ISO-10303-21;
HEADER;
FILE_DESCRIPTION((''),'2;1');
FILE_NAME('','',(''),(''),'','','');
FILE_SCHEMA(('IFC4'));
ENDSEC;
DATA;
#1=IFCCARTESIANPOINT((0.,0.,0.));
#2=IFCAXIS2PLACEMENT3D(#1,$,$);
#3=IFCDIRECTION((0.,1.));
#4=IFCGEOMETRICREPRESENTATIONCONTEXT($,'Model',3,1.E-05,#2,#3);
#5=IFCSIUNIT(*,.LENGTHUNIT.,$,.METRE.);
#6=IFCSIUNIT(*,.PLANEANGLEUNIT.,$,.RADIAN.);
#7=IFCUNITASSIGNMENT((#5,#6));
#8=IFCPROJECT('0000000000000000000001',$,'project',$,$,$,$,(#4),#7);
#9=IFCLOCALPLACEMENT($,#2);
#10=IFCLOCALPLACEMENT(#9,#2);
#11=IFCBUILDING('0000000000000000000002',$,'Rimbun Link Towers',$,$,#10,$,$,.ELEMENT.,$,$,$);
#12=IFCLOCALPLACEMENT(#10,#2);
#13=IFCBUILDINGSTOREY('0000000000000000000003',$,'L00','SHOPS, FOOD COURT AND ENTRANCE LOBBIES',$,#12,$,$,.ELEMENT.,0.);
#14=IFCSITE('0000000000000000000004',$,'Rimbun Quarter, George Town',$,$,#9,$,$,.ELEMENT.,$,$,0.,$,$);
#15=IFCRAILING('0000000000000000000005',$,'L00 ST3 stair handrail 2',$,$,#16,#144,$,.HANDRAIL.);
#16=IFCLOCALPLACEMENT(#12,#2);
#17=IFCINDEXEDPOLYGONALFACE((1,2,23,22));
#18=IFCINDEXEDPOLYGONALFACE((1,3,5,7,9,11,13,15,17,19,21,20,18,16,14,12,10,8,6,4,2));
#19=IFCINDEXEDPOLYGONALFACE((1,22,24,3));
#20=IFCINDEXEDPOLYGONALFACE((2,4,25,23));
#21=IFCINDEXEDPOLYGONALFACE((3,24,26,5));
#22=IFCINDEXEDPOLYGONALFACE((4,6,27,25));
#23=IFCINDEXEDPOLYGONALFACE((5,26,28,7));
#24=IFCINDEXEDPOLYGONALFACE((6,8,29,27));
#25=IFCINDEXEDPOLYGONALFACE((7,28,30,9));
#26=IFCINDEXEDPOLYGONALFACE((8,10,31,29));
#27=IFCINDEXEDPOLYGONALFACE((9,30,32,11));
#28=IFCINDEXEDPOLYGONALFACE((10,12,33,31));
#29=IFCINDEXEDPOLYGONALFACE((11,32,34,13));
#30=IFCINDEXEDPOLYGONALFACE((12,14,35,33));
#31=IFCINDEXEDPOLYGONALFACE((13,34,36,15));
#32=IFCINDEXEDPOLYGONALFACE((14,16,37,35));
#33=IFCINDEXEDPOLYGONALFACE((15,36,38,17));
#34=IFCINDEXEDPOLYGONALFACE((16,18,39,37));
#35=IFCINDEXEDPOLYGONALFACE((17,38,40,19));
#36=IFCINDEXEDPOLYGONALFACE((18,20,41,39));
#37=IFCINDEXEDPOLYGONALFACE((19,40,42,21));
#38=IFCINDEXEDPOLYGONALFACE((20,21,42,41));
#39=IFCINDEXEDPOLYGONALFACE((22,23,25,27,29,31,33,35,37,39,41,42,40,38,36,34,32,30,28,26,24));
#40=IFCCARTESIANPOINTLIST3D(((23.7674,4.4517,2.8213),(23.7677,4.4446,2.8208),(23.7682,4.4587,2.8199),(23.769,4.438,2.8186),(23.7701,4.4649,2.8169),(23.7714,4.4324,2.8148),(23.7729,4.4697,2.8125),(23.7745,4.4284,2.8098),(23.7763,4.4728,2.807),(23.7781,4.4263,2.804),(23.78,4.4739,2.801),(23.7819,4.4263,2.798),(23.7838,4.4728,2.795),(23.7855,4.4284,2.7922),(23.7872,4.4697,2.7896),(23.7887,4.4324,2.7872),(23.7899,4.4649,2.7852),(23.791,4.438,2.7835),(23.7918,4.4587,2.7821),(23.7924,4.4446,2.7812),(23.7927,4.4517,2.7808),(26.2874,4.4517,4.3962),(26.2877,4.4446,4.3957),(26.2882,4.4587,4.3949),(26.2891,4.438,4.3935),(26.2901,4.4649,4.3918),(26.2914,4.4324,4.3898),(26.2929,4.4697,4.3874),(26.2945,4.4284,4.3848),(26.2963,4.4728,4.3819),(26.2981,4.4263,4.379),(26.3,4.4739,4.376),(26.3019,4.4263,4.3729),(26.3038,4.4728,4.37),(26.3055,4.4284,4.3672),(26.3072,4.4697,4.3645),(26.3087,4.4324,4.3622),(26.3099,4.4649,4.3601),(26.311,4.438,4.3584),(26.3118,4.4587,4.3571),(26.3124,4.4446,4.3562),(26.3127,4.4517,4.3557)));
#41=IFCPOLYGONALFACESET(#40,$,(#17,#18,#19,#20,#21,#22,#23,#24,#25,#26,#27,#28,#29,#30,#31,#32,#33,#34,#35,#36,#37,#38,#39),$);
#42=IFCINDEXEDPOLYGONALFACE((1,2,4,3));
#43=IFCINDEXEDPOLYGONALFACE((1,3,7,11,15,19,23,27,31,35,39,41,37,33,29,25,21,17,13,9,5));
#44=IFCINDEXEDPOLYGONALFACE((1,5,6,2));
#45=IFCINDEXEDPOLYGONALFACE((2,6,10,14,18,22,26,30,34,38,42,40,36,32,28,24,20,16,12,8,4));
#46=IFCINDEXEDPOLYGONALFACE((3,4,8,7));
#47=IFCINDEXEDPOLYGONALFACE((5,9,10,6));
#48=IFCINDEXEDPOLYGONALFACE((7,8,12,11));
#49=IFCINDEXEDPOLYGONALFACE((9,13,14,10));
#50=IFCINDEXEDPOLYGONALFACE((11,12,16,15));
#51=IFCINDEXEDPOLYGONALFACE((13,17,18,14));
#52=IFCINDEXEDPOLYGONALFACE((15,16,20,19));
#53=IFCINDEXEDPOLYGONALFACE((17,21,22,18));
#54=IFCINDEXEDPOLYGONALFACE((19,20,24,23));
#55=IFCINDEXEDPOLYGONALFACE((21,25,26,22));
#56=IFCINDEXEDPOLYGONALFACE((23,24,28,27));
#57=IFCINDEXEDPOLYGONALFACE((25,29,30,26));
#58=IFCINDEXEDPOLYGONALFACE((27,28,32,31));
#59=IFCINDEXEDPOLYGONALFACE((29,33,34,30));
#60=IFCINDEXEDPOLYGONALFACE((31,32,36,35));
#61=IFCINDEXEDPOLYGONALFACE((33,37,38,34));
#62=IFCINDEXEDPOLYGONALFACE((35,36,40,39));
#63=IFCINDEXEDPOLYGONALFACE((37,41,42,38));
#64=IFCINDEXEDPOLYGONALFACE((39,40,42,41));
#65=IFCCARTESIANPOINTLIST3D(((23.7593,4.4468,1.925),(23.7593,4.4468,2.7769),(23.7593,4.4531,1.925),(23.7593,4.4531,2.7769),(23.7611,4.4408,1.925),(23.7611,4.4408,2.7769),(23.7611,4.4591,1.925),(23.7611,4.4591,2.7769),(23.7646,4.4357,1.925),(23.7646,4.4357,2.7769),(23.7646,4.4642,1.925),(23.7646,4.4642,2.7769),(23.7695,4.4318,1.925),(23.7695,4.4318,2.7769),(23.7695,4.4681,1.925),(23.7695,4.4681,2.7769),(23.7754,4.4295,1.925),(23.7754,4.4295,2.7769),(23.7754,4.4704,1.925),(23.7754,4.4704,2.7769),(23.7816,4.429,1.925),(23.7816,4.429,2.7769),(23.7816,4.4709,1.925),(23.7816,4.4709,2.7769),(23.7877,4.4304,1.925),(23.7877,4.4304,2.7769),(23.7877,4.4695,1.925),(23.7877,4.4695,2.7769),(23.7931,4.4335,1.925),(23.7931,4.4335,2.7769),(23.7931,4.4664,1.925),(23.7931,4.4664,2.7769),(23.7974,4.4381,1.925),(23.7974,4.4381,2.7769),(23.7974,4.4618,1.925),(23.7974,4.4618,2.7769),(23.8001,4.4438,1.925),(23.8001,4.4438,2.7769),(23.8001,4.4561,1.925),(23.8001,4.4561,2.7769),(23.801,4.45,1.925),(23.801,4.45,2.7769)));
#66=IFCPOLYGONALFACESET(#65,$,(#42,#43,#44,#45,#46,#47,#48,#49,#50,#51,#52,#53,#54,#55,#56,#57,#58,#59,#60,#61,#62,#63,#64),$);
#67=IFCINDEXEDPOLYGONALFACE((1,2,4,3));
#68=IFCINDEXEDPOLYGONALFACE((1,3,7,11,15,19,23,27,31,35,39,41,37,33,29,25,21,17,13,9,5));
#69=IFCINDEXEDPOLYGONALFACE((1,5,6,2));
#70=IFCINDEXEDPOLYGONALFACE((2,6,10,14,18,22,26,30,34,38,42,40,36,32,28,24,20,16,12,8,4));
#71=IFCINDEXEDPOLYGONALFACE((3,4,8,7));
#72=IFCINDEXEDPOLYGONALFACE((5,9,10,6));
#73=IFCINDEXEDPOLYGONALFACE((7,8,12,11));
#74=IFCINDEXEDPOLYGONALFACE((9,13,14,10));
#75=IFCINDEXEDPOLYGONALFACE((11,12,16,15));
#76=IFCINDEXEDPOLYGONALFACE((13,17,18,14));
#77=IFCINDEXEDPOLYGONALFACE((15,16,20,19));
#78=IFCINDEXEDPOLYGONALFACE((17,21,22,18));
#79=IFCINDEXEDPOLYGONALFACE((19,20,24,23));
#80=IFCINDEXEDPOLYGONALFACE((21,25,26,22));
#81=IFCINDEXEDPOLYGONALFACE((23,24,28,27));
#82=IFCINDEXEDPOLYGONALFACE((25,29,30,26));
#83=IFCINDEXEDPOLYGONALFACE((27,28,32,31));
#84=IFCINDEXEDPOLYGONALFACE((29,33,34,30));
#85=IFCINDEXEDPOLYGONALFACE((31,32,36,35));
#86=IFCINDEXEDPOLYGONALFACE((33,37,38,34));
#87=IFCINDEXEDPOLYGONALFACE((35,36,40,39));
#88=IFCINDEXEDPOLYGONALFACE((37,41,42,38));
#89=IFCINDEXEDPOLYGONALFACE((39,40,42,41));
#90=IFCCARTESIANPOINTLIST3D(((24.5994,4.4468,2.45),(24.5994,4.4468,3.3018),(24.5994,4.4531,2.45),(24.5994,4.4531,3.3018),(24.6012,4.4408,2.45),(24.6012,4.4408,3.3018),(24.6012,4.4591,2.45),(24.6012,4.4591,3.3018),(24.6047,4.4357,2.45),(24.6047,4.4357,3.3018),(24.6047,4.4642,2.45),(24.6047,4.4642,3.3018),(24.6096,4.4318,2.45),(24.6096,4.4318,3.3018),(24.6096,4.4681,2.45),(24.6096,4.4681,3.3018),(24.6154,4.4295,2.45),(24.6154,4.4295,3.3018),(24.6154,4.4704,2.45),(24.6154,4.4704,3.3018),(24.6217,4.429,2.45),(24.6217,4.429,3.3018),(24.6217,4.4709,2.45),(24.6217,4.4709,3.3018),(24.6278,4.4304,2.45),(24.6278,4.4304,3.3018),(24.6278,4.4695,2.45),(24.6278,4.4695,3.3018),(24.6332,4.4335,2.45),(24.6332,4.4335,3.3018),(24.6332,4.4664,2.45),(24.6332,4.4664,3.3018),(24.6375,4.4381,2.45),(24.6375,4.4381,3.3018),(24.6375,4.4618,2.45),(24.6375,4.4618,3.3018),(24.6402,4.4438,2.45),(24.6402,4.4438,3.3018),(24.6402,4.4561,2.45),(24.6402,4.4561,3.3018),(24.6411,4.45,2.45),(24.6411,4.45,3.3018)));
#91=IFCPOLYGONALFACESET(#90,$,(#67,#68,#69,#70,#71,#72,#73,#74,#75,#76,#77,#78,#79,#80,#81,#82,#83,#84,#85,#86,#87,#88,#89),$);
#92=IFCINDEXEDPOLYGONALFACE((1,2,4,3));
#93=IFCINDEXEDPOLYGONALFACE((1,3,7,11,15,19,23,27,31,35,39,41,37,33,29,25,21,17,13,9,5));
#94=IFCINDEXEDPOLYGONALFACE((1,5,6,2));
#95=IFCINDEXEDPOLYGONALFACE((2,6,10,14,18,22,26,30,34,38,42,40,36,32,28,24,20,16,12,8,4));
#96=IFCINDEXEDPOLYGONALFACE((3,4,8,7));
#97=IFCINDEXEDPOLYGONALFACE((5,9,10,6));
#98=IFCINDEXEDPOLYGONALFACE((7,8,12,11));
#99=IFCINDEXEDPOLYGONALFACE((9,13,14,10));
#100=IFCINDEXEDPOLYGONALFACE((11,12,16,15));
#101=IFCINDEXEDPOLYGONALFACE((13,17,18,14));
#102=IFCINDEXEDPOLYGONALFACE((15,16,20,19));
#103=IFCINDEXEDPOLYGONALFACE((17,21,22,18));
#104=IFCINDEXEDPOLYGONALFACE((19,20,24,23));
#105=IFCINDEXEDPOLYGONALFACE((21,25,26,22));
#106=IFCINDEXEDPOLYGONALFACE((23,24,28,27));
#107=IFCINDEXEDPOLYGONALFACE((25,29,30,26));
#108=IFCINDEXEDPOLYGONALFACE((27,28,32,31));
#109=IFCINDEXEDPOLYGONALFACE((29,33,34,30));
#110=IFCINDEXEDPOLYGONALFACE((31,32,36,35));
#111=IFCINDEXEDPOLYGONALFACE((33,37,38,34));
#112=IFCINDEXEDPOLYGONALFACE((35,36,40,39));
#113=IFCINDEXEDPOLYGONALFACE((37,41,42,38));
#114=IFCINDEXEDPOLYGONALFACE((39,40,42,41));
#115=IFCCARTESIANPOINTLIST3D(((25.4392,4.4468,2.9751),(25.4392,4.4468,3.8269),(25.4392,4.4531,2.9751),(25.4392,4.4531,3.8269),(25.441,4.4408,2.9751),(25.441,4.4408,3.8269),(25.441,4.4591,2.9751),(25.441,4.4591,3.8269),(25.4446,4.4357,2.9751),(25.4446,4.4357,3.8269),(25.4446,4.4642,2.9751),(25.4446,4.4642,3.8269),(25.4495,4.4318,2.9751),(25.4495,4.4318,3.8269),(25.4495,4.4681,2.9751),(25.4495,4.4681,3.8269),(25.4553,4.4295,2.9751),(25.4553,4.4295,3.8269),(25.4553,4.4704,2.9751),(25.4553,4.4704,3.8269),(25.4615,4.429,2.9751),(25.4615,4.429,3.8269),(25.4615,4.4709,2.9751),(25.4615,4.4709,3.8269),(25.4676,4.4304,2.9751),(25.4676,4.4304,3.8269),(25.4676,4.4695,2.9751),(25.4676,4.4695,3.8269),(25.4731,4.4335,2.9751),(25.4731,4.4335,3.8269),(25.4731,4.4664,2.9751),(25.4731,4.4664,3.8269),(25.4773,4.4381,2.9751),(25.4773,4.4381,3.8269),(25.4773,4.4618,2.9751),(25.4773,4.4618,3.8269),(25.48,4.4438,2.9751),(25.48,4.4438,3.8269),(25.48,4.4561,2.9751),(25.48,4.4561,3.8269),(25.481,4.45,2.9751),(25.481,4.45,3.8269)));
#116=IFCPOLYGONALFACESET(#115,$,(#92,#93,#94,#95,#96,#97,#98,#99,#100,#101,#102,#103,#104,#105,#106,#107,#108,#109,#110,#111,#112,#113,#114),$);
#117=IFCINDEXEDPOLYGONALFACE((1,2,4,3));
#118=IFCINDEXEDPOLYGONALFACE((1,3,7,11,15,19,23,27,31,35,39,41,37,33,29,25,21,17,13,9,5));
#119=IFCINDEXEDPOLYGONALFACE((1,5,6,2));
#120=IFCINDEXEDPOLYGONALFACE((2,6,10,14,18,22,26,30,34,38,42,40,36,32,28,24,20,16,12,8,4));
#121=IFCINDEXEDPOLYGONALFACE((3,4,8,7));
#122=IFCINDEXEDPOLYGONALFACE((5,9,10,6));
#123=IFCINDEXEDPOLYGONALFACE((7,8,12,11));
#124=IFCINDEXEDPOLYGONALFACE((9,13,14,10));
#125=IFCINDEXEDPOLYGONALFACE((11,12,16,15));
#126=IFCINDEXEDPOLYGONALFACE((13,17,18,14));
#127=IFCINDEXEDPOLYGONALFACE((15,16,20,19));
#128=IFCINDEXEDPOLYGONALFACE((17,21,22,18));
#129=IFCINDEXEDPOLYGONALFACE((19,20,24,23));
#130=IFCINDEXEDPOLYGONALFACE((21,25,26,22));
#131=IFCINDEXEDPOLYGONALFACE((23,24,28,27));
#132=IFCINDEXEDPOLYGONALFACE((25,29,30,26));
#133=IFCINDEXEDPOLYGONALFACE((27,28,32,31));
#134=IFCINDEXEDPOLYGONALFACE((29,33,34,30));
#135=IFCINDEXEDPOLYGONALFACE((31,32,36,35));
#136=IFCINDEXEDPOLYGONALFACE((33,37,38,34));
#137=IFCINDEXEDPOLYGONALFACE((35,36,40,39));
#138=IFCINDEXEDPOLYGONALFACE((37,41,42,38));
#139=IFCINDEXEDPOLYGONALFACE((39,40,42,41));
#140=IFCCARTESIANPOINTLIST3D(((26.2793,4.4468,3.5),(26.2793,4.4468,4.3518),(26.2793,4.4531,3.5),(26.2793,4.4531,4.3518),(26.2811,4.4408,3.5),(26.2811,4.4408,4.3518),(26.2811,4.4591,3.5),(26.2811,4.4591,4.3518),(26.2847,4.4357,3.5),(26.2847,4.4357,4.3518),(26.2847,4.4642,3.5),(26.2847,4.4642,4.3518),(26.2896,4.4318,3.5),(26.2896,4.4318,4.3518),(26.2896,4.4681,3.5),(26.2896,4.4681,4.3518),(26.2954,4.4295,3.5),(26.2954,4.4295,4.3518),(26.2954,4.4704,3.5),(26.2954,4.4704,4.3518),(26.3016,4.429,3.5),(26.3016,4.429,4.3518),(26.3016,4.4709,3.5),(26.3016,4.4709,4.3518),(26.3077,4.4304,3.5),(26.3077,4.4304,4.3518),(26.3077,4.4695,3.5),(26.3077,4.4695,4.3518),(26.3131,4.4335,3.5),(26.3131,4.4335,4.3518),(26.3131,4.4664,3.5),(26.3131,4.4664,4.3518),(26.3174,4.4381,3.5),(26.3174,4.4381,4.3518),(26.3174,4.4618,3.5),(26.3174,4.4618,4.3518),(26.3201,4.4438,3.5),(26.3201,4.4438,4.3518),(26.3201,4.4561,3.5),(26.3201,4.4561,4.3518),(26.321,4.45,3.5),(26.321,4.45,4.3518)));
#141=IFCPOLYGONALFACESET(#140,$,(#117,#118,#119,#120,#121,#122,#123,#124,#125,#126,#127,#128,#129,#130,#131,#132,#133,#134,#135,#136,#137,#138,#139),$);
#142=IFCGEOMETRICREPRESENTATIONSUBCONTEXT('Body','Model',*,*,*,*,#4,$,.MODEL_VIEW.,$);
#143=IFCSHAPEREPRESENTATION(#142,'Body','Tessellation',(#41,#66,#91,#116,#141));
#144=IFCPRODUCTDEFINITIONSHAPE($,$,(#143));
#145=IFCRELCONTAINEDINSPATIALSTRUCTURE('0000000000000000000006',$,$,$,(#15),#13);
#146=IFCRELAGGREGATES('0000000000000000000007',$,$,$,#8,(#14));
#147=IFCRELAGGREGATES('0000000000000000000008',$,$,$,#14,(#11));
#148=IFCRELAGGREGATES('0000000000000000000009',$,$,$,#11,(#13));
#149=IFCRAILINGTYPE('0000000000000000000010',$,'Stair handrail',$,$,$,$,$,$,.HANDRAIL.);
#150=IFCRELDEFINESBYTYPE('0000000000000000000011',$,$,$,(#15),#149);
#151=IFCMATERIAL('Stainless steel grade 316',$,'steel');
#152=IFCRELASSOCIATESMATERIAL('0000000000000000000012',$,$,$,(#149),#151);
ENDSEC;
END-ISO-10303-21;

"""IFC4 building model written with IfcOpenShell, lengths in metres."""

from ifc_helpers import new_model, si_unit, direction, frame, origin, origin_2d, place, context, subcontext, project, spatial, circle, extrude, material, type_object, element, save


model = new_model("IFC4")

# Units and contexts
model_context = context("Model", 3, precision=1e-05, world=origin(), true_north=direction((0.0, 1.0)))
body_context = subcontext(model_context, "Body", "Model", "MODEL_VIEW")
ifc_project = project(units=[si_unit("LENGTHUNIT", "METRE"), si_unit("PLANEANGLEUNIT", "RADIAN")], contexts=[model_context])

# Site, building, storey
site_placement = place(None, origin())
site = spatial("IfcSite", under=ifc_project, at=site_placement, Name="Rimbun Quarter, George Town", CompositionType="ELEMENT", RefElevation=0.0)
building_placement = place(site_placement, origin())
building = spatial("IfcBuilding", under=site, at=building_placement, Name="Rimbun Link Towers", CompositionType="ELEMENT")
storey_placement = place(building_placement, origin())
storey = spatial("IfcBuildingStorey", under=building, at=storey_placement, Name="L00", Description="SHOPS, FOOD COURT AND ENTRANCE LOBBIES", CompositionType="ELEMENT", Elevation=0.0)

# Railing
ifc_material_1 = material(Name="Stainless steel grade 316", Category="steel")
railing_type_1 = type_object("IfcRailingType", Name="Stair handrail", PredefinedType="HANDRAIL", material=ifc_material_1)
for number, where, name in (
    (1, (23.78, 4.45, 1.925), "L00 ST3 stair handrail 2"),
):
    element("IfcRailing", number, at=place(storey_placement, frame(where)), inside=storey, type_object=railing_type_1, Name=name, PredefinedType="HANDRAIL", context=body_context, shape_type="SweptSolid", body=[
        extrude(circle(Radius=0.0239, at=origin_2d()), frame((0.0, 0.0, 0.876), z_axis=(0.848008, 0.0, 0.529984), x_axis=(0.0, 1.0, 0.0)), (0.0, 0.0, 1.0), 2.9717),
        extrude(circle(Radius=0.021, at=origin_2d()), origin(), (0.0, 0.0, 1.0), 0.8518),
        extrude(circle(Radius=0.021, at=origin_2d()), frame((0.8401, 0.0, 0.5249)), (0.0, 0.0, 1.0), 0.8518),
        extrude(circle(Radius=0.021, at=origin_2d()), frame((1.6799, 0.0, 1.05)), (0.0, 0.0, 1.0), 0.8518),
        extrude(circle(Radius=0.021, at=origin_2d()), frame((2.52, 0.0, 1.575)), (0.0, 0.0, 1.0), 0.8518),
    ])

save(model, "model.ifc")
